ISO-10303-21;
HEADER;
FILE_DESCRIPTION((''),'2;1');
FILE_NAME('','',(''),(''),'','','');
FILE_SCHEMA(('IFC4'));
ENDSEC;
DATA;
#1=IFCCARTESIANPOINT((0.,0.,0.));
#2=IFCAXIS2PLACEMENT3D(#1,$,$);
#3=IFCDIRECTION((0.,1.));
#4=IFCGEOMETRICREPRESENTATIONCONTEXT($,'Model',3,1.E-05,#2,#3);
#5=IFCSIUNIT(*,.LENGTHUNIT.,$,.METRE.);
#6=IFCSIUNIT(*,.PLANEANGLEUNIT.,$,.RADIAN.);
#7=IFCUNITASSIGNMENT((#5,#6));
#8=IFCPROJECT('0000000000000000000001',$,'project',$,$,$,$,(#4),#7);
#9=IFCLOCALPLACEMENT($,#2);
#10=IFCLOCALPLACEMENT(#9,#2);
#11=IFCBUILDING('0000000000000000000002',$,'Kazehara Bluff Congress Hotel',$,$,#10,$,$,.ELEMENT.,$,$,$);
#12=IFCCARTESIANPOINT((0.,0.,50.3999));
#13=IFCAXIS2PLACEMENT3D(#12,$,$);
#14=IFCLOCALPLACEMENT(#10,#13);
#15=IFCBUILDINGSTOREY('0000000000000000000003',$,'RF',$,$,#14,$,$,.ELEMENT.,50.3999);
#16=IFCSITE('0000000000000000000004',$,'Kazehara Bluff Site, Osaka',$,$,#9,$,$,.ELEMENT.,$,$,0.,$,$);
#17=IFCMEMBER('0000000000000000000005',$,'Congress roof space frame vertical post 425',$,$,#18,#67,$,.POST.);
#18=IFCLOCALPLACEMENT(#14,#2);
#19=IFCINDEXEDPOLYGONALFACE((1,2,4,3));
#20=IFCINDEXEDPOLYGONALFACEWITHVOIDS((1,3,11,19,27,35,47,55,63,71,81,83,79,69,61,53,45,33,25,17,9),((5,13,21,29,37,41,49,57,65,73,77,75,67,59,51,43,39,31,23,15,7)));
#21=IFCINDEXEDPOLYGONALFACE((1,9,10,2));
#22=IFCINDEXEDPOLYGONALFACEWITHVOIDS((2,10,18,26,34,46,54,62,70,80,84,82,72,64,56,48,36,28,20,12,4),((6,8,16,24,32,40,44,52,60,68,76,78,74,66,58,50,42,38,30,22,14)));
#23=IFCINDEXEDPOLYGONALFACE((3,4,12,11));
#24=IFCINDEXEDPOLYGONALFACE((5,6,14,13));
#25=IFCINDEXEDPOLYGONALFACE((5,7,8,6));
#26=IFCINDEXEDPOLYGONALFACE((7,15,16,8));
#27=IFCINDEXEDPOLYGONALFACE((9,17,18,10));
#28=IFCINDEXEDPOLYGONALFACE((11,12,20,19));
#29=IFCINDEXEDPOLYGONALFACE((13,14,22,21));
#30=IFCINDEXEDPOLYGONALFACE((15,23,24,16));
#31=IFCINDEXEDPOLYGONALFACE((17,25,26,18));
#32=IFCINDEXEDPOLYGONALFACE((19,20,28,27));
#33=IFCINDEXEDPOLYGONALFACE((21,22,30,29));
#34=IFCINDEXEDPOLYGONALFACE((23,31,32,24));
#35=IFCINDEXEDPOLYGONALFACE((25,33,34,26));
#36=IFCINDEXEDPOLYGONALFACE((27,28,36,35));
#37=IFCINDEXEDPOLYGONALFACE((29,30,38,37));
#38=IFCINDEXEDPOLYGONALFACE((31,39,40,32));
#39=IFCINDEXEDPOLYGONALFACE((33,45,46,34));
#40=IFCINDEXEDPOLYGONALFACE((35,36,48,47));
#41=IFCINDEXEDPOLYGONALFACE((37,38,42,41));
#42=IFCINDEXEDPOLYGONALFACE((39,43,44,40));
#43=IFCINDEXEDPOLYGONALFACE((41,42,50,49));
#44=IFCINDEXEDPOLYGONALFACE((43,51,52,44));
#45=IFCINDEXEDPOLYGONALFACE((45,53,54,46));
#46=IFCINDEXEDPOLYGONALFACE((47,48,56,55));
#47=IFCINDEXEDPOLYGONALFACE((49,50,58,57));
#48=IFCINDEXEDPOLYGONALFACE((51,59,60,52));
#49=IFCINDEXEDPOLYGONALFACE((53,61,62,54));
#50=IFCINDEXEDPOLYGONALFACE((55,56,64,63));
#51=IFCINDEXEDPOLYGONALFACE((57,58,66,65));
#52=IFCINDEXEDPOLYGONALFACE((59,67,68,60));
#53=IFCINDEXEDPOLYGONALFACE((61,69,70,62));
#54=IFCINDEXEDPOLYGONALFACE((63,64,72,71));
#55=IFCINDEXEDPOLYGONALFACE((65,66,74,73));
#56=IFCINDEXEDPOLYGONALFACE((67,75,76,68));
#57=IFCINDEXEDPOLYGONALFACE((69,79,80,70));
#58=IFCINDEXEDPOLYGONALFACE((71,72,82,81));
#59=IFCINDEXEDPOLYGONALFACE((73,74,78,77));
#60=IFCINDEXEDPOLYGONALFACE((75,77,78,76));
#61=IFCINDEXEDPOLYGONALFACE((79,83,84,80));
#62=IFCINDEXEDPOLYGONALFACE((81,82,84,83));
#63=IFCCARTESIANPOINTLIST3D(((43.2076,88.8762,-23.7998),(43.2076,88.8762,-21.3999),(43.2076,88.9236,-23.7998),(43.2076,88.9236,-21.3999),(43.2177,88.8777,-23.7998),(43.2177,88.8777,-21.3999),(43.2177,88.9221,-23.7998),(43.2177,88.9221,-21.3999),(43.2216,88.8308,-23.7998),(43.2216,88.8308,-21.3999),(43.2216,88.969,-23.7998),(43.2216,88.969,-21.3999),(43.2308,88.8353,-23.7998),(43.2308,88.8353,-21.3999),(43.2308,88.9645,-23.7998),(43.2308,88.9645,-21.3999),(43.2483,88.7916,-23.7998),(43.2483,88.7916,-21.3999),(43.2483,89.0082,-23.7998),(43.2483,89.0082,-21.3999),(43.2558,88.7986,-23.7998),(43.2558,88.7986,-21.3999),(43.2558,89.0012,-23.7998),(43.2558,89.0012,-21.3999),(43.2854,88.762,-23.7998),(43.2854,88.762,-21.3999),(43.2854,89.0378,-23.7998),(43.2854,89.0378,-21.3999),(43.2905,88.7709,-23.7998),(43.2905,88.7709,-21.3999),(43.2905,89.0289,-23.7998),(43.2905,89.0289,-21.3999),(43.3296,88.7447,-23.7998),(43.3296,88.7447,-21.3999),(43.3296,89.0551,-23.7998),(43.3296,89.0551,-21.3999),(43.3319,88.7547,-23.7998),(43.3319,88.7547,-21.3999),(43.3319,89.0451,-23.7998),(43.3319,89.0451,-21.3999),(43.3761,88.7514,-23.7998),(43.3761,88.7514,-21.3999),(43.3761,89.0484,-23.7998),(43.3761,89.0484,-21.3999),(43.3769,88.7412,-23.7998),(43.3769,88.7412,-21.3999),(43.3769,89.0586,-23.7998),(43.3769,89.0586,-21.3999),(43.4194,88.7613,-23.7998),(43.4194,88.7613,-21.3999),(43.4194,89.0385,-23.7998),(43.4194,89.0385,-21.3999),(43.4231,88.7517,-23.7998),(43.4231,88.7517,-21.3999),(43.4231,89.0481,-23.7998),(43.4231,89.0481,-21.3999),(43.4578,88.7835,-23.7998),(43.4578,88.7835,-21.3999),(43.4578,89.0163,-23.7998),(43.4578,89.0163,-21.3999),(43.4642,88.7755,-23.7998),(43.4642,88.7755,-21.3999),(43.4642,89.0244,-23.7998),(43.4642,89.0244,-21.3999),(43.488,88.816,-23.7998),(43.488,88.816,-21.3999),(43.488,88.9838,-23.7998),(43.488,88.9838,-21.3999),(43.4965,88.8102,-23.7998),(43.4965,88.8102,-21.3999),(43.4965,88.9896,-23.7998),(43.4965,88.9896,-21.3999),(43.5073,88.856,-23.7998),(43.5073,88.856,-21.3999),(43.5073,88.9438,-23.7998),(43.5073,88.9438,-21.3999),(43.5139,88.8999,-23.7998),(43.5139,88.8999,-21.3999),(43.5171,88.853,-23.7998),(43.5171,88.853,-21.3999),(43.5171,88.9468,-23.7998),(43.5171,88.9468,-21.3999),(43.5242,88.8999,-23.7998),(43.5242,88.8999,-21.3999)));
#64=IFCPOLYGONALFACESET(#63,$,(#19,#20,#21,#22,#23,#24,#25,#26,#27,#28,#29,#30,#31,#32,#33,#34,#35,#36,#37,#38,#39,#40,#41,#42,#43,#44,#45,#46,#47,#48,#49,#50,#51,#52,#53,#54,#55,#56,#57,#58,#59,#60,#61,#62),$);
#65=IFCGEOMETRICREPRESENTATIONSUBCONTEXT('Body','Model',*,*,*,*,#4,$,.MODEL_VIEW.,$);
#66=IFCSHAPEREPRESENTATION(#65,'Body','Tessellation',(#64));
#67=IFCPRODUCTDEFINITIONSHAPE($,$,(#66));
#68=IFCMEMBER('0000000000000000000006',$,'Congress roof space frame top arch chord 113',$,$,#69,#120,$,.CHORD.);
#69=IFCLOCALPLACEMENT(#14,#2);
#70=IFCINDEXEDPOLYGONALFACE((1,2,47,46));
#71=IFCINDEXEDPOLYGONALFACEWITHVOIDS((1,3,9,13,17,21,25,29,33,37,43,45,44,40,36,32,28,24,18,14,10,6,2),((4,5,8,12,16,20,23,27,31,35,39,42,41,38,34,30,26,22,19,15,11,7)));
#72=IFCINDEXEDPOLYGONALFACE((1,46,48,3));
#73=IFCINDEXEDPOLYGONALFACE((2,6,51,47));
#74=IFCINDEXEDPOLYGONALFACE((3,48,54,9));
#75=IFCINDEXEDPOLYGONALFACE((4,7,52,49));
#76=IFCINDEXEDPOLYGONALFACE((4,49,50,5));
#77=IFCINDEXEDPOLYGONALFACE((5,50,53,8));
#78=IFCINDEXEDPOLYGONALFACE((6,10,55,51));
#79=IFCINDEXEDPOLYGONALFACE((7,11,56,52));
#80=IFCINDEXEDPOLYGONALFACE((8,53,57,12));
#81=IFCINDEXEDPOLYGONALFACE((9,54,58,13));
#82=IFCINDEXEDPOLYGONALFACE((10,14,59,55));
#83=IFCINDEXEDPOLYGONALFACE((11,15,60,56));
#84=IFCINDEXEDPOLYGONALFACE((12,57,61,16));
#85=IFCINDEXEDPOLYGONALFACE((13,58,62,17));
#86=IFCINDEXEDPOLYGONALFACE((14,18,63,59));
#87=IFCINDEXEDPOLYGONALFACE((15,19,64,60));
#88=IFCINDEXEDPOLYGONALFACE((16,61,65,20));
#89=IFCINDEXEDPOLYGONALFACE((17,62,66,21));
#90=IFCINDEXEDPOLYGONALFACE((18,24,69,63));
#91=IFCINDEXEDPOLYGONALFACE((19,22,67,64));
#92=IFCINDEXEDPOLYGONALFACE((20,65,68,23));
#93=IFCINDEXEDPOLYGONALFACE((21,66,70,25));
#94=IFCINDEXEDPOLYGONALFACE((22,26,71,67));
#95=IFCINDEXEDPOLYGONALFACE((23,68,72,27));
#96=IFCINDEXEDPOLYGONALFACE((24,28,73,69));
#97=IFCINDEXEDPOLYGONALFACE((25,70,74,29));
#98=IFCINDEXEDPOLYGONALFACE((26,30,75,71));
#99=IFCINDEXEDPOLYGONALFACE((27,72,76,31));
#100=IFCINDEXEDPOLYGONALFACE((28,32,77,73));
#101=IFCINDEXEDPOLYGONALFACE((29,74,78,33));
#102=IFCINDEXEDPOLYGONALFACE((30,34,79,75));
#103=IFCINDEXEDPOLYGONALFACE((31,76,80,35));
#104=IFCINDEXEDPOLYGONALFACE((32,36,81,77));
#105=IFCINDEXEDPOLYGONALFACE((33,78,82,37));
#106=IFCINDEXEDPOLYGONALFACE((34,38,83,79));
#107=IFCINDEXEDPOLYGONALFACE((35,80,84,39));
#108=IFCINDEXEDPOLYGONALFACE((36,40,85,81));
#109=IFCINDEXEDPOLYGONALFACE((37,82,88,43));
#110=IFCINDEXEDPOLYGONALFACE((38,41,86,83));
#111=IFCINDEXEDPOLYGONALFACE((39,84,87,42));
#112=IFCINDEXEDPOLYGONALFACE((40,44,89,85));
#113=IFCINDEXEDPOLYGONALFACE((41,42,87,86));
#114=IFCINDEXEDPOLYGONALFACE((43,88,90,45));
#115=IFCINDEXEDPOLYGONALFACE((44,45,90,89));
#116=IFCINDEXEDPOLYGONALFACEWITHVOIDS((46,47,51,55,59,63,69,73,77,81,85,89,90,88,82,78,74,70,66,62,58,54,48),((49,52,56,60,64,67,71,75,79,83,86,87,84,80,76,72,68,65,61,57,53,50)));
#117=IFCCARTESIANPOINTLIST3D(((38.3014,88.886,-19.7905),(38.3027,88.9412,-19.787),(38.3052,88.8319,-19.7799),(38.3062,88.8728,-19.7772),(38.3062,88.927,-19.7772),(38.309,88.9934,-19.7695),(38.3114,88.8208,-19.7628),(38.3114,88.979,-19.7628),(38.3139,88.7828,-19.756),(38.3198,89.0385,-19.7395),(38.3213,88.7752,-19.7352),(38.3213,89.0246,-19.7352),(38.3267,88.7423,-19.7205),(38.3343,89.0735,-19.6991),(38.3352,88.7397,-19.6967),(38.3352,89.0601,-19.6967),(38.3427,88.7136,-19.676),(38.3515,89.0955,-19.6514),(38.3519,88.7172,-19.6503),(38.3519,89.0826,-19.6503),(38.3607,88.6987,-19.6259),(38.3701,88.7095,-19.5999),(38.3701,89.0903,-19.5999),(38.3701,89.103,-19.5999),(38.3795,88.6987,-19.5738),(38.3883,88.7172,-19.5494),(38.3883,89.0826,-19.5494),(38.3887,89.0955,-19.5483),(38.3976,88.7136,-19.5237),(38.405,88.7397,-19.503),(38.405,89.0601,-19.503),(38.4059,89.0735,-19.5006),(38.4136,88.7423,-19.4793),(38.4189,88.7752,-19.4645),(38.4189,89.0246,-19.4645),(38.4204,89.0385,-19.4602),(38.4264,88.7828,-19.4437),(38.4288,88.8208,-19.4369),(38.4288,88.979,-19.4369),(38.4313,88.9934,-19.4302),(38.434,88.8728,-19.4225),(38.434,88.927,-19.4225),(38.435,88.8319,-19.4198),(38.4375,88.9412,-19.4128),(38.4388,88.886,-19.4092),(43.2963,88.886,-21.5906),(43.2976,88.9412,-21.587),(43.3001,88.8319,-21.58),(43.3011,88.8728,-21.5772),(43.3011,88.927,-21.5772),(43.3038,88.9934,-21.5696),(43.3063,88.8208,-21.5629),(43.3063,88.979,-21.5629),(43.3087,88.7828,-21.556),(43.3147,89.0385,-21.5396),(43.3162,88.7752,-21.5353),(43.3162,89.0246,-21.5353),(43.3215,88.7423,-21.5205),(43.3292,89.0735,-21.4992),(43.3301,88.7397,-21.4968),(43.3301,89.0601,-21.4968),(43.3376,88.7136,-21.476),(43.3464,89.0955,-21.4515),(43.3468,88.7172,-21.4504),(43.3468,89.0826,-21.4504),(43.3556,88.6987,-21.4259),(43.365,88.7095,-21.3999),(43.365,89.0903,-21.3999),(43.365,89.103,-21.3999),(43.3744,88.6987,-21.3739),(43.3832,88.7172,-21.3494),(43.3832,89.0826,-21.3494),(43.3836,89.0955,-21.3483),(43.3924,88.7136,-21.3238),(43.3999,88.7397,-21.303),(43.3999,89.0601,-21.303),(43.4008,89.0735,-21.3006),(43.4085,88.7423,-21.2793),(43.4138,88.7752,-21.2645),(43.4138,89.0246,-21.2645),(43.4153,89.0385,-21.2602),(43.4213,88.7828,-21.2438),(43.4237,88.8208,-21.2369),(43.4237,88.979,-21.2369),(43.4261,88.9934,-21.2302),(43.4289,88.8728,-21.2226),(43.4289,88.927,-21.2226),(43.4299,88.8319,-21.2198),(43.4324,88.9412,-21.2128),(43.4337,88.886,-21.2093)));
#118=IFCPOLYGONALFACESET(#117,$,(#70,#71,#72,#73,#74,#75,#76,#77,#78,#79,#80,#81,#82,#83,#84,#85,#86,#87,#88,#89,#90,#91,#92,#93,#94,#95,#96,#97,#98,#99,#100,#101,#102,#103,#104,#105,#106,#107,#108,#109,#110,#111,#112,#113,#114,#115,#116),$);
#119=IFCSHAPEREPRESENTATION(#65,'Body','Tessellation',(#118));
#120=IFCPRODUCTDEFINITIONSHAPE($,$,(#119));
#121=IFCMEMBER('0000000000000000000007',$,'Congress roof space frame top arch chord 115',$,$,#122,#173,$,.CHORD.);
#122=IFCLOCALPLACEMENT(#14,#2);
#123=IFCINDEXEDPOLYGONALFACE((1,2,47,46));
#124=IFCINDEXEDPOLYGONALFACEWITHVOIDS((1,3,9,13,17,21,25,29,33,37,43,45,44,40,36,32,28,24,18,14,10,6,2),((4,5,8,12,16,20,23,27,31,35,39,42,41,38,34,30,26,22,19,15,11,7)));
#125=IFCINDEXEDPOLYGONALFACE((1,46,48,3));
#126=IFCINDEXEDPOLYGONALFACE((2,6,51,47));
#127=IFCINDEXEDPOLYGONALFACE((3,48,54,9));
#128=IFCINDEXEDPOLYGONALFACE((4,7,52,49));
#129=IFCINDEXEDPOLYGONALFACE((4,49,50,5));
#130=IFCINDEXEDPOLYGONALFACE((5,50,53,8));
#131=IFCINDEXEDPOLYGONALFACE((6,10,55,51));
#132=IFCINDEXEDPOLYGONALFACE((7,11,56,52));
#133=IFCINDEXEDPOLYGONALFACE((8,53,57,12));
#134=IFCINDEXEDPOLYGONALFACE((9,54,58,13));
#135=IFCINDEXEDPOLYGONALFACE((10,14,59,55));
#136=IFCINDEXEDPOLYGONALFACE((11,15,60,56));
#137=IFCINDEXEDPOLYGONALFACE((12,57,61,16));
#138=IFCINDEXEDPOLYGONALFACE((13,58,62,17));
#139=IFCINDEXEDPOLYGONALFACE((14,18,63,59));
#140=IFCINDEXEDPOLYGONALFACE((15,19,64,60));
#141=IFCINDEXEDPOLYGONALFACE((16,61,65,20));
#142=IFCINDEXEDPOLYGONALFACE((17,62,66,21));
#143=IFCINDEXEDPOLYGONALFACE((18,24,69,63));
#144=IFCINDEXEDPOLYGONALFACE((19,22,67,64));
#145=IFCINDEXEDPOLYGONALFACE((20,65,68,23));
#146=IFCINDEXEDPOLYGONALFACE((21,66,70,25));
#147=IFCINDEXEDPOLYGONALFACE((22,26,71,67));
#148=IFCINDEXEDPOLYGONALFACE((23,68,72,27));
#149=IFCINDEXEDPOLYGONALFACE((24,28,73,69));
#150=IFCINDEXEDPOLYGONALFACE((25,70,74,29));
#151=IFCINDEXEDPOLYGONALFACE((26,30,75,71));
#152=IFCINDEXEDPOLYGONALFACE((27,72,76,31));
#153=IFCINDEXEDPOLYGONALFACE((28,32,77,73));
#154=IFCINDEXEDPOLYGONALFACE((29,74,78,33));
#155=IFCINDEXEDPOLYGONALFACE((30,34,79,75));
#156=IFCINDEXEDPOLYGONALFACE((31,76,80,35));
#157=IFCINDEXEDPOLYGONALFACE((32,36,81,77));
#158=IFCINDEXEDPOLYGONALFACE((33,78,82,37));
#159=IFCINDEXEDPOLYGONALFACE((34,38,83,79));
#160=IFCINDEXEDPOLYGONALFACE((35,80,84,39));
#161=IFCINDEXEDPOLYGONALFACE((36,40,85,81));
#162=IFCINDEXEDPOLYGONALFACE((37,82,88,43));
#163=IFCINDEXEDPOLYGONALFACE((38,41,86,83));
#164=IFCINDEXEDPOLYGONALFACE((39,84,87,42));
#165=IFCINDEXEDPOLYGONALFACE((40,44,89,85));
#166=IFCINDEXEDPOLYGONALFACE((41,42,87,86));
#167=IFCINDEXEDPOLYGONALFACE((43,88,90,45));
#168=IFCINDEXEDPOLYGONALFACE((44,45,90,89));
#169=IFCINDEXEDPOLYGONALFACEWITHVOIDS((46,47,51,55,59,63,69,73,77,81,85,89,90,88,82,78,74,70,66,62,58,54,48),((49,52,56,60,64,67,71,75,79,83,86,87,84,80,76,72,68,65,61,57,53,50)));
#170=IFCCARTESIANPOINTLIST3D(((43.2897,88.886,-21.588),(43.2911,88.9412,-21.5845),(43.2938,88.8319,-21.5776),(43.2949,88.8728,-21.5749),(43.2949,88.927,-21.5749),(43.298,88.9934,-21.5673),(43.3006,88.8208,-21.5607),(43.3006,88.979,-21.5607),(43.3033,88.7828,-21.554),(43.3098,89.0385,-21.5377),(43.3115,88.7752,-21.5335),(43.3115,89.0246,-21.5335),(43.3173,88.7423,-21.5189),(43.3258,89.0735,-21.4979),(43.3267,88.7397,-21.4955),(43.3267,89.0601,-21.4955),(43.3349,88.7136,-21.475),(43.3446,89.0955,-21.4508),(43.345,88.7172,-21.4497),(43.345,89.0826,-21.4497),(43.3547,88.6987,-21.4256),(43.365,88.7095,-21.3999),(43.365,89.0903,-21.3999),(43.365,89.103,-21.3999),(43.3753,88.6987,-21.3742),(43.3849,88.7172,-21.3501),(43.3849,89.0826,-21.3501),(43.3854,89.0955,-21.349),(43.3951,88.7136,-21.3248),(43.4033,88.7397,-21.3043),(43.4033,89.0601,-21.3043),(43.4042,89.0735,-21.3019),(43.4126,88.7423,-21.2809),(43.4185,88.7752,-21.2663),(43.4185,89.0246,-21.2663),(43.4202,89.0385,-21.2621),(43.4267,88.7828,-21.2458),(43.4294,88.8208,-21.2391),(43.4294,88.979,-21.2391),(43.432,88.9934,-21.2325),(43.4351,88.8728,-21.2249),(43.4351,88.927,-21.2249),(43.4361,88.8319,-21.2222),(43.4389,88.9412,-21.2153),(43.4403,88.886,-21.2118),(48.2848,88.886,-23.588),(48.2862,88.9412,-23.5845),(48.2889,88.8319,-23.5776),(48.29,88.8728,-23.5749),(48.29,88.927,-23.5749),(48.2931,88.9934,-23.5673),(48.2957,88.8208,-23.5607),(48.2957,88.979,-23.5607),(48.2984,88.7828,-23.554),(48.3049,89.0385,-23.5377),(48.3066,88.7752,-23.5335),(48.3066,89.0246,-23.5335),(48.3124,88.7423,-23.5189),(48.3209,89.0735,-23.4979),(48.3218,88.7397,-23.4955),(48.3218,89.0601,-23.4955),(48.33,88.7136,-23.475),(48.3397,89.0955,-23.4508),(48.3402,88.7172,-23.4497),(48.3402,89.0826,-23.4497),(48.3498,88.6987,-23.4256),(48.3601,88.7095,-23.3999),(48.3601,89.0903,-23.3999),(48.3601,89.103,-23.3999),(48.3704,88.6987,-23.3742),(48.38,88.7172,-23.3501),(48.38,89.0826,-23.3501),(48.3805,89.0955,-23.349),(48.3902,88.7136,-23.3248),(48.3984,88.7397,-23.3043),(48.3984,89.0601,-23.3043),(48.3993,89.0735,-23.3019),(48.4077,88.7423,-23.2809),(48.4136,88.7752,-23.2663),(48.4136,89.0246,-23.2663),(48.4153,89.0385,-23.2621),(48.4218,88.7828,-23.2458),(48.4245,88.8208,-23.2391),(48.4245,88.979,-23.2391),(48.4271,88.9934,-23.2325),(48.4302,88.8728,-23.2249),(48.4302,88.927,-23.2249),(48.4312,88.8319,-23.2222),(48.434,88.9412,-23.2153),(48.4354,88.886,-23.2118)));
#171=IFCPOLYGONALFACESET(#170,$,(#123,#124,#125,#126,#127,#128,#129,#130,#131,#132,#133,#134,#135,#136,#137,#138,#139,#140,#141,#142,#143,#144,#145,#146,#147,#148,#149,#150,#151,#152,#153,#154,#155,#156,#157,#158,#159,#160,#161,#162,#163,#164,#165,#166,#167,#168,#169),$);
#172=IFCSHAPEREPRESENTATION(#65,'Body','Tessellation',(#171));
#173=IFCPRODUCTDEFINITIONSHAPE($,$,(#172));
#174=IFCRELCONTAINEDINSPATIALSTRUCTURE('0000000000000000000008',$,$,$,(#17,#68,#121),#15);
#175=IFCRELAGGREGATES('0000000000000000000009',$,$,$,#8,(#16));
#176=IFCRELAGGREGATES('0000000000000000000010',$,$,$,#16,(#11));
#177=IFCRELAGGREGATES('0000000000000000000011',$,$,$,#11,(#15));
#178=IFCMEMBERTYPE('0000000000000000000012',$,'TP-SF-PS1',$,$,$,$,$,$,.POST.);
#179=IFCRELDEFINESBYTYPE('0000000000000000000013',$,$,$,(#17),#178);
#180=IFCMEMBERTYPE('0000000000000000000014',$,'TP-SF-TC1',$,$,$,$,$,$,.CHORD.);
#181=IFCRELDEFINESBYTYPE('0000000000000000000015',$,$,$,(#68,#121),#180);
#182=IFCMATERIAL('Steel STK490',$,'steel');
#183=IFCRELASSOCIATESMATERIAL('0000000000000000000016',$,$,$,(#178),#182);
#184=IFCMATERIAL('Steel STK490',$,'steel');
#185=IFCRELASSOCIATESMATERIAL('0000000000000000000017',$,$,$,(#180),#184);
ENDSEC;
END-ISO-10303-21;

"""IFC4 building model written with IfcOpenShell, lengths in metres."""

from ifc_helpers import new_model, si_unit, direction, frame, origin, origin_2d, place, context, subcontext, project, spatial, hollow_circle, extrude, material, material_profile, profile_set, type_object, element, save


model = new_model("IFC4")

# Units and contexts
model_context = context("Model", 3, precision=1e-05, world=origin(), true_north=direction((0.0, 1.0)))
body_context = subcontext(model_context, "Body", "Model", "MODEL_VIEW")
ifc_project = project(units=[si_unit("LENGTHUNIT", "METRE"), si_unit("PLANEANGLEUNIT", "RADIAN")], contexts=[model_context])

# Site, building, storey
site_placement = place(None, origin())
site = spatial("IfcSite", under=ifc_project, at=site_placement, Name="Kazehara Bluff Site, Osaka", CompositionType="ELEMENT", RefElevation=0.0)
building_placement = place(site_placement, origin())
building = spatial("IfcBuilding", under=site, at=building_placement, Name="Kazehara Bluff Congress Hotel", CompositionType="ELEMENT")
storey_placement = place(building_placement, frame((0.0, 0.0, 50.3999)))
storey = spatial("IfcBuildingStorey", under=building, at=storey_placement, Name="RF", CompositionType="ELEMENT", Elevation=50.3999)

# Members
ifc_material_1 = material(Name="Steel STK490", Category="steel")
ifc_material_profile_1 = material_profile(ifc_material_1, hollow_circle(Radius=0.1592, WallThickness=0.0103, at=origin_2d()))
ifc_profile_set_1 = profile_set([ifc_material_profile_1], Name="Steel STK490")
member_type_1 = type_object("IfcMemberType", Name="TP-SF-PS1", PredefinedType="POST", material=ifc_profile_set_1)
member_1_placement = place(storey_placement, frame((43.365, 88.8999, -23.7998), z_axis=(0.0, 0.0, 1.0), x_axis=(1.0, 0.0, 0.0)))
element("IfcMember", 1, at=member_1_placement, inside=storey, type_object=member_type_1, Name="Congress roof space frame vertical post 425", PredefinedType="POST", context=body_context, shape_type="SweptSolid", body=[
    extrude(hollow_circle(Radius=0.1592, WallThickness=0.0103, at=origin_2d()), origin(), (0.0, 0.0, 1.0), 2.3999),
])
ifc_material_2 = material(Name="Steel STK490", Category="steel")
ifc_material_profile_2 = material_profile(ifc_material_2, hollow_circle(Radius=0.2031, WallThickness=0.0127, at=origin_2d()))
ifc_profile_set_2 = profile_set([ifc_material_profile_2], Name="Steel STK490")
member_type_2 = type_object("IfcMemberType", Name="TP-SF-TC1", PredefinedType="CHORD", material=ifc_profile_set_2)
member_2_placement = place(storey_placement, frame((38.3701, 88.8999, -19.5999), z_axis=(0.940774, 0.0, -0.339035), x_axis=(0.0, 1.0, 0.0)))
element("IfcMember", 2, at=member_2_placement, inside=storey, type_object=member_type_2, Name="Congress roof space frame top arch chord 113", PredefinedType="CHORD", context=body_context, shape_type="SweptSolid", body=[
    extrude(hollow_circle(Radius=0.2031, WallThickness=0.0127, at=origin_2d()), origin(), (0.0, 0.0, 1.0), 5.3093),
])
member_3_placement = place(storey_placement, frame((43.365, 88.8999, -21.3999), z_axis=(0.928351, 0.0, -0.371704), x_axis=(0.0, 1.0, 0.0)))
element("IfcMember", 3, at=member_3_placement, inside=storey, type_object=member_type_2, Name="Congress roof space frame top arch chord 115", PredefinedType="CHORD", context=body_context, shape_type="SweptSolid", body=[
    extrude(hollow_circle(Radius=0.2031, WallThickness=0.0127, at=origin_2d()), origin(), (0.0, 0.0, 1.0), 5.3806),
])

save(model, "model.ifc")
